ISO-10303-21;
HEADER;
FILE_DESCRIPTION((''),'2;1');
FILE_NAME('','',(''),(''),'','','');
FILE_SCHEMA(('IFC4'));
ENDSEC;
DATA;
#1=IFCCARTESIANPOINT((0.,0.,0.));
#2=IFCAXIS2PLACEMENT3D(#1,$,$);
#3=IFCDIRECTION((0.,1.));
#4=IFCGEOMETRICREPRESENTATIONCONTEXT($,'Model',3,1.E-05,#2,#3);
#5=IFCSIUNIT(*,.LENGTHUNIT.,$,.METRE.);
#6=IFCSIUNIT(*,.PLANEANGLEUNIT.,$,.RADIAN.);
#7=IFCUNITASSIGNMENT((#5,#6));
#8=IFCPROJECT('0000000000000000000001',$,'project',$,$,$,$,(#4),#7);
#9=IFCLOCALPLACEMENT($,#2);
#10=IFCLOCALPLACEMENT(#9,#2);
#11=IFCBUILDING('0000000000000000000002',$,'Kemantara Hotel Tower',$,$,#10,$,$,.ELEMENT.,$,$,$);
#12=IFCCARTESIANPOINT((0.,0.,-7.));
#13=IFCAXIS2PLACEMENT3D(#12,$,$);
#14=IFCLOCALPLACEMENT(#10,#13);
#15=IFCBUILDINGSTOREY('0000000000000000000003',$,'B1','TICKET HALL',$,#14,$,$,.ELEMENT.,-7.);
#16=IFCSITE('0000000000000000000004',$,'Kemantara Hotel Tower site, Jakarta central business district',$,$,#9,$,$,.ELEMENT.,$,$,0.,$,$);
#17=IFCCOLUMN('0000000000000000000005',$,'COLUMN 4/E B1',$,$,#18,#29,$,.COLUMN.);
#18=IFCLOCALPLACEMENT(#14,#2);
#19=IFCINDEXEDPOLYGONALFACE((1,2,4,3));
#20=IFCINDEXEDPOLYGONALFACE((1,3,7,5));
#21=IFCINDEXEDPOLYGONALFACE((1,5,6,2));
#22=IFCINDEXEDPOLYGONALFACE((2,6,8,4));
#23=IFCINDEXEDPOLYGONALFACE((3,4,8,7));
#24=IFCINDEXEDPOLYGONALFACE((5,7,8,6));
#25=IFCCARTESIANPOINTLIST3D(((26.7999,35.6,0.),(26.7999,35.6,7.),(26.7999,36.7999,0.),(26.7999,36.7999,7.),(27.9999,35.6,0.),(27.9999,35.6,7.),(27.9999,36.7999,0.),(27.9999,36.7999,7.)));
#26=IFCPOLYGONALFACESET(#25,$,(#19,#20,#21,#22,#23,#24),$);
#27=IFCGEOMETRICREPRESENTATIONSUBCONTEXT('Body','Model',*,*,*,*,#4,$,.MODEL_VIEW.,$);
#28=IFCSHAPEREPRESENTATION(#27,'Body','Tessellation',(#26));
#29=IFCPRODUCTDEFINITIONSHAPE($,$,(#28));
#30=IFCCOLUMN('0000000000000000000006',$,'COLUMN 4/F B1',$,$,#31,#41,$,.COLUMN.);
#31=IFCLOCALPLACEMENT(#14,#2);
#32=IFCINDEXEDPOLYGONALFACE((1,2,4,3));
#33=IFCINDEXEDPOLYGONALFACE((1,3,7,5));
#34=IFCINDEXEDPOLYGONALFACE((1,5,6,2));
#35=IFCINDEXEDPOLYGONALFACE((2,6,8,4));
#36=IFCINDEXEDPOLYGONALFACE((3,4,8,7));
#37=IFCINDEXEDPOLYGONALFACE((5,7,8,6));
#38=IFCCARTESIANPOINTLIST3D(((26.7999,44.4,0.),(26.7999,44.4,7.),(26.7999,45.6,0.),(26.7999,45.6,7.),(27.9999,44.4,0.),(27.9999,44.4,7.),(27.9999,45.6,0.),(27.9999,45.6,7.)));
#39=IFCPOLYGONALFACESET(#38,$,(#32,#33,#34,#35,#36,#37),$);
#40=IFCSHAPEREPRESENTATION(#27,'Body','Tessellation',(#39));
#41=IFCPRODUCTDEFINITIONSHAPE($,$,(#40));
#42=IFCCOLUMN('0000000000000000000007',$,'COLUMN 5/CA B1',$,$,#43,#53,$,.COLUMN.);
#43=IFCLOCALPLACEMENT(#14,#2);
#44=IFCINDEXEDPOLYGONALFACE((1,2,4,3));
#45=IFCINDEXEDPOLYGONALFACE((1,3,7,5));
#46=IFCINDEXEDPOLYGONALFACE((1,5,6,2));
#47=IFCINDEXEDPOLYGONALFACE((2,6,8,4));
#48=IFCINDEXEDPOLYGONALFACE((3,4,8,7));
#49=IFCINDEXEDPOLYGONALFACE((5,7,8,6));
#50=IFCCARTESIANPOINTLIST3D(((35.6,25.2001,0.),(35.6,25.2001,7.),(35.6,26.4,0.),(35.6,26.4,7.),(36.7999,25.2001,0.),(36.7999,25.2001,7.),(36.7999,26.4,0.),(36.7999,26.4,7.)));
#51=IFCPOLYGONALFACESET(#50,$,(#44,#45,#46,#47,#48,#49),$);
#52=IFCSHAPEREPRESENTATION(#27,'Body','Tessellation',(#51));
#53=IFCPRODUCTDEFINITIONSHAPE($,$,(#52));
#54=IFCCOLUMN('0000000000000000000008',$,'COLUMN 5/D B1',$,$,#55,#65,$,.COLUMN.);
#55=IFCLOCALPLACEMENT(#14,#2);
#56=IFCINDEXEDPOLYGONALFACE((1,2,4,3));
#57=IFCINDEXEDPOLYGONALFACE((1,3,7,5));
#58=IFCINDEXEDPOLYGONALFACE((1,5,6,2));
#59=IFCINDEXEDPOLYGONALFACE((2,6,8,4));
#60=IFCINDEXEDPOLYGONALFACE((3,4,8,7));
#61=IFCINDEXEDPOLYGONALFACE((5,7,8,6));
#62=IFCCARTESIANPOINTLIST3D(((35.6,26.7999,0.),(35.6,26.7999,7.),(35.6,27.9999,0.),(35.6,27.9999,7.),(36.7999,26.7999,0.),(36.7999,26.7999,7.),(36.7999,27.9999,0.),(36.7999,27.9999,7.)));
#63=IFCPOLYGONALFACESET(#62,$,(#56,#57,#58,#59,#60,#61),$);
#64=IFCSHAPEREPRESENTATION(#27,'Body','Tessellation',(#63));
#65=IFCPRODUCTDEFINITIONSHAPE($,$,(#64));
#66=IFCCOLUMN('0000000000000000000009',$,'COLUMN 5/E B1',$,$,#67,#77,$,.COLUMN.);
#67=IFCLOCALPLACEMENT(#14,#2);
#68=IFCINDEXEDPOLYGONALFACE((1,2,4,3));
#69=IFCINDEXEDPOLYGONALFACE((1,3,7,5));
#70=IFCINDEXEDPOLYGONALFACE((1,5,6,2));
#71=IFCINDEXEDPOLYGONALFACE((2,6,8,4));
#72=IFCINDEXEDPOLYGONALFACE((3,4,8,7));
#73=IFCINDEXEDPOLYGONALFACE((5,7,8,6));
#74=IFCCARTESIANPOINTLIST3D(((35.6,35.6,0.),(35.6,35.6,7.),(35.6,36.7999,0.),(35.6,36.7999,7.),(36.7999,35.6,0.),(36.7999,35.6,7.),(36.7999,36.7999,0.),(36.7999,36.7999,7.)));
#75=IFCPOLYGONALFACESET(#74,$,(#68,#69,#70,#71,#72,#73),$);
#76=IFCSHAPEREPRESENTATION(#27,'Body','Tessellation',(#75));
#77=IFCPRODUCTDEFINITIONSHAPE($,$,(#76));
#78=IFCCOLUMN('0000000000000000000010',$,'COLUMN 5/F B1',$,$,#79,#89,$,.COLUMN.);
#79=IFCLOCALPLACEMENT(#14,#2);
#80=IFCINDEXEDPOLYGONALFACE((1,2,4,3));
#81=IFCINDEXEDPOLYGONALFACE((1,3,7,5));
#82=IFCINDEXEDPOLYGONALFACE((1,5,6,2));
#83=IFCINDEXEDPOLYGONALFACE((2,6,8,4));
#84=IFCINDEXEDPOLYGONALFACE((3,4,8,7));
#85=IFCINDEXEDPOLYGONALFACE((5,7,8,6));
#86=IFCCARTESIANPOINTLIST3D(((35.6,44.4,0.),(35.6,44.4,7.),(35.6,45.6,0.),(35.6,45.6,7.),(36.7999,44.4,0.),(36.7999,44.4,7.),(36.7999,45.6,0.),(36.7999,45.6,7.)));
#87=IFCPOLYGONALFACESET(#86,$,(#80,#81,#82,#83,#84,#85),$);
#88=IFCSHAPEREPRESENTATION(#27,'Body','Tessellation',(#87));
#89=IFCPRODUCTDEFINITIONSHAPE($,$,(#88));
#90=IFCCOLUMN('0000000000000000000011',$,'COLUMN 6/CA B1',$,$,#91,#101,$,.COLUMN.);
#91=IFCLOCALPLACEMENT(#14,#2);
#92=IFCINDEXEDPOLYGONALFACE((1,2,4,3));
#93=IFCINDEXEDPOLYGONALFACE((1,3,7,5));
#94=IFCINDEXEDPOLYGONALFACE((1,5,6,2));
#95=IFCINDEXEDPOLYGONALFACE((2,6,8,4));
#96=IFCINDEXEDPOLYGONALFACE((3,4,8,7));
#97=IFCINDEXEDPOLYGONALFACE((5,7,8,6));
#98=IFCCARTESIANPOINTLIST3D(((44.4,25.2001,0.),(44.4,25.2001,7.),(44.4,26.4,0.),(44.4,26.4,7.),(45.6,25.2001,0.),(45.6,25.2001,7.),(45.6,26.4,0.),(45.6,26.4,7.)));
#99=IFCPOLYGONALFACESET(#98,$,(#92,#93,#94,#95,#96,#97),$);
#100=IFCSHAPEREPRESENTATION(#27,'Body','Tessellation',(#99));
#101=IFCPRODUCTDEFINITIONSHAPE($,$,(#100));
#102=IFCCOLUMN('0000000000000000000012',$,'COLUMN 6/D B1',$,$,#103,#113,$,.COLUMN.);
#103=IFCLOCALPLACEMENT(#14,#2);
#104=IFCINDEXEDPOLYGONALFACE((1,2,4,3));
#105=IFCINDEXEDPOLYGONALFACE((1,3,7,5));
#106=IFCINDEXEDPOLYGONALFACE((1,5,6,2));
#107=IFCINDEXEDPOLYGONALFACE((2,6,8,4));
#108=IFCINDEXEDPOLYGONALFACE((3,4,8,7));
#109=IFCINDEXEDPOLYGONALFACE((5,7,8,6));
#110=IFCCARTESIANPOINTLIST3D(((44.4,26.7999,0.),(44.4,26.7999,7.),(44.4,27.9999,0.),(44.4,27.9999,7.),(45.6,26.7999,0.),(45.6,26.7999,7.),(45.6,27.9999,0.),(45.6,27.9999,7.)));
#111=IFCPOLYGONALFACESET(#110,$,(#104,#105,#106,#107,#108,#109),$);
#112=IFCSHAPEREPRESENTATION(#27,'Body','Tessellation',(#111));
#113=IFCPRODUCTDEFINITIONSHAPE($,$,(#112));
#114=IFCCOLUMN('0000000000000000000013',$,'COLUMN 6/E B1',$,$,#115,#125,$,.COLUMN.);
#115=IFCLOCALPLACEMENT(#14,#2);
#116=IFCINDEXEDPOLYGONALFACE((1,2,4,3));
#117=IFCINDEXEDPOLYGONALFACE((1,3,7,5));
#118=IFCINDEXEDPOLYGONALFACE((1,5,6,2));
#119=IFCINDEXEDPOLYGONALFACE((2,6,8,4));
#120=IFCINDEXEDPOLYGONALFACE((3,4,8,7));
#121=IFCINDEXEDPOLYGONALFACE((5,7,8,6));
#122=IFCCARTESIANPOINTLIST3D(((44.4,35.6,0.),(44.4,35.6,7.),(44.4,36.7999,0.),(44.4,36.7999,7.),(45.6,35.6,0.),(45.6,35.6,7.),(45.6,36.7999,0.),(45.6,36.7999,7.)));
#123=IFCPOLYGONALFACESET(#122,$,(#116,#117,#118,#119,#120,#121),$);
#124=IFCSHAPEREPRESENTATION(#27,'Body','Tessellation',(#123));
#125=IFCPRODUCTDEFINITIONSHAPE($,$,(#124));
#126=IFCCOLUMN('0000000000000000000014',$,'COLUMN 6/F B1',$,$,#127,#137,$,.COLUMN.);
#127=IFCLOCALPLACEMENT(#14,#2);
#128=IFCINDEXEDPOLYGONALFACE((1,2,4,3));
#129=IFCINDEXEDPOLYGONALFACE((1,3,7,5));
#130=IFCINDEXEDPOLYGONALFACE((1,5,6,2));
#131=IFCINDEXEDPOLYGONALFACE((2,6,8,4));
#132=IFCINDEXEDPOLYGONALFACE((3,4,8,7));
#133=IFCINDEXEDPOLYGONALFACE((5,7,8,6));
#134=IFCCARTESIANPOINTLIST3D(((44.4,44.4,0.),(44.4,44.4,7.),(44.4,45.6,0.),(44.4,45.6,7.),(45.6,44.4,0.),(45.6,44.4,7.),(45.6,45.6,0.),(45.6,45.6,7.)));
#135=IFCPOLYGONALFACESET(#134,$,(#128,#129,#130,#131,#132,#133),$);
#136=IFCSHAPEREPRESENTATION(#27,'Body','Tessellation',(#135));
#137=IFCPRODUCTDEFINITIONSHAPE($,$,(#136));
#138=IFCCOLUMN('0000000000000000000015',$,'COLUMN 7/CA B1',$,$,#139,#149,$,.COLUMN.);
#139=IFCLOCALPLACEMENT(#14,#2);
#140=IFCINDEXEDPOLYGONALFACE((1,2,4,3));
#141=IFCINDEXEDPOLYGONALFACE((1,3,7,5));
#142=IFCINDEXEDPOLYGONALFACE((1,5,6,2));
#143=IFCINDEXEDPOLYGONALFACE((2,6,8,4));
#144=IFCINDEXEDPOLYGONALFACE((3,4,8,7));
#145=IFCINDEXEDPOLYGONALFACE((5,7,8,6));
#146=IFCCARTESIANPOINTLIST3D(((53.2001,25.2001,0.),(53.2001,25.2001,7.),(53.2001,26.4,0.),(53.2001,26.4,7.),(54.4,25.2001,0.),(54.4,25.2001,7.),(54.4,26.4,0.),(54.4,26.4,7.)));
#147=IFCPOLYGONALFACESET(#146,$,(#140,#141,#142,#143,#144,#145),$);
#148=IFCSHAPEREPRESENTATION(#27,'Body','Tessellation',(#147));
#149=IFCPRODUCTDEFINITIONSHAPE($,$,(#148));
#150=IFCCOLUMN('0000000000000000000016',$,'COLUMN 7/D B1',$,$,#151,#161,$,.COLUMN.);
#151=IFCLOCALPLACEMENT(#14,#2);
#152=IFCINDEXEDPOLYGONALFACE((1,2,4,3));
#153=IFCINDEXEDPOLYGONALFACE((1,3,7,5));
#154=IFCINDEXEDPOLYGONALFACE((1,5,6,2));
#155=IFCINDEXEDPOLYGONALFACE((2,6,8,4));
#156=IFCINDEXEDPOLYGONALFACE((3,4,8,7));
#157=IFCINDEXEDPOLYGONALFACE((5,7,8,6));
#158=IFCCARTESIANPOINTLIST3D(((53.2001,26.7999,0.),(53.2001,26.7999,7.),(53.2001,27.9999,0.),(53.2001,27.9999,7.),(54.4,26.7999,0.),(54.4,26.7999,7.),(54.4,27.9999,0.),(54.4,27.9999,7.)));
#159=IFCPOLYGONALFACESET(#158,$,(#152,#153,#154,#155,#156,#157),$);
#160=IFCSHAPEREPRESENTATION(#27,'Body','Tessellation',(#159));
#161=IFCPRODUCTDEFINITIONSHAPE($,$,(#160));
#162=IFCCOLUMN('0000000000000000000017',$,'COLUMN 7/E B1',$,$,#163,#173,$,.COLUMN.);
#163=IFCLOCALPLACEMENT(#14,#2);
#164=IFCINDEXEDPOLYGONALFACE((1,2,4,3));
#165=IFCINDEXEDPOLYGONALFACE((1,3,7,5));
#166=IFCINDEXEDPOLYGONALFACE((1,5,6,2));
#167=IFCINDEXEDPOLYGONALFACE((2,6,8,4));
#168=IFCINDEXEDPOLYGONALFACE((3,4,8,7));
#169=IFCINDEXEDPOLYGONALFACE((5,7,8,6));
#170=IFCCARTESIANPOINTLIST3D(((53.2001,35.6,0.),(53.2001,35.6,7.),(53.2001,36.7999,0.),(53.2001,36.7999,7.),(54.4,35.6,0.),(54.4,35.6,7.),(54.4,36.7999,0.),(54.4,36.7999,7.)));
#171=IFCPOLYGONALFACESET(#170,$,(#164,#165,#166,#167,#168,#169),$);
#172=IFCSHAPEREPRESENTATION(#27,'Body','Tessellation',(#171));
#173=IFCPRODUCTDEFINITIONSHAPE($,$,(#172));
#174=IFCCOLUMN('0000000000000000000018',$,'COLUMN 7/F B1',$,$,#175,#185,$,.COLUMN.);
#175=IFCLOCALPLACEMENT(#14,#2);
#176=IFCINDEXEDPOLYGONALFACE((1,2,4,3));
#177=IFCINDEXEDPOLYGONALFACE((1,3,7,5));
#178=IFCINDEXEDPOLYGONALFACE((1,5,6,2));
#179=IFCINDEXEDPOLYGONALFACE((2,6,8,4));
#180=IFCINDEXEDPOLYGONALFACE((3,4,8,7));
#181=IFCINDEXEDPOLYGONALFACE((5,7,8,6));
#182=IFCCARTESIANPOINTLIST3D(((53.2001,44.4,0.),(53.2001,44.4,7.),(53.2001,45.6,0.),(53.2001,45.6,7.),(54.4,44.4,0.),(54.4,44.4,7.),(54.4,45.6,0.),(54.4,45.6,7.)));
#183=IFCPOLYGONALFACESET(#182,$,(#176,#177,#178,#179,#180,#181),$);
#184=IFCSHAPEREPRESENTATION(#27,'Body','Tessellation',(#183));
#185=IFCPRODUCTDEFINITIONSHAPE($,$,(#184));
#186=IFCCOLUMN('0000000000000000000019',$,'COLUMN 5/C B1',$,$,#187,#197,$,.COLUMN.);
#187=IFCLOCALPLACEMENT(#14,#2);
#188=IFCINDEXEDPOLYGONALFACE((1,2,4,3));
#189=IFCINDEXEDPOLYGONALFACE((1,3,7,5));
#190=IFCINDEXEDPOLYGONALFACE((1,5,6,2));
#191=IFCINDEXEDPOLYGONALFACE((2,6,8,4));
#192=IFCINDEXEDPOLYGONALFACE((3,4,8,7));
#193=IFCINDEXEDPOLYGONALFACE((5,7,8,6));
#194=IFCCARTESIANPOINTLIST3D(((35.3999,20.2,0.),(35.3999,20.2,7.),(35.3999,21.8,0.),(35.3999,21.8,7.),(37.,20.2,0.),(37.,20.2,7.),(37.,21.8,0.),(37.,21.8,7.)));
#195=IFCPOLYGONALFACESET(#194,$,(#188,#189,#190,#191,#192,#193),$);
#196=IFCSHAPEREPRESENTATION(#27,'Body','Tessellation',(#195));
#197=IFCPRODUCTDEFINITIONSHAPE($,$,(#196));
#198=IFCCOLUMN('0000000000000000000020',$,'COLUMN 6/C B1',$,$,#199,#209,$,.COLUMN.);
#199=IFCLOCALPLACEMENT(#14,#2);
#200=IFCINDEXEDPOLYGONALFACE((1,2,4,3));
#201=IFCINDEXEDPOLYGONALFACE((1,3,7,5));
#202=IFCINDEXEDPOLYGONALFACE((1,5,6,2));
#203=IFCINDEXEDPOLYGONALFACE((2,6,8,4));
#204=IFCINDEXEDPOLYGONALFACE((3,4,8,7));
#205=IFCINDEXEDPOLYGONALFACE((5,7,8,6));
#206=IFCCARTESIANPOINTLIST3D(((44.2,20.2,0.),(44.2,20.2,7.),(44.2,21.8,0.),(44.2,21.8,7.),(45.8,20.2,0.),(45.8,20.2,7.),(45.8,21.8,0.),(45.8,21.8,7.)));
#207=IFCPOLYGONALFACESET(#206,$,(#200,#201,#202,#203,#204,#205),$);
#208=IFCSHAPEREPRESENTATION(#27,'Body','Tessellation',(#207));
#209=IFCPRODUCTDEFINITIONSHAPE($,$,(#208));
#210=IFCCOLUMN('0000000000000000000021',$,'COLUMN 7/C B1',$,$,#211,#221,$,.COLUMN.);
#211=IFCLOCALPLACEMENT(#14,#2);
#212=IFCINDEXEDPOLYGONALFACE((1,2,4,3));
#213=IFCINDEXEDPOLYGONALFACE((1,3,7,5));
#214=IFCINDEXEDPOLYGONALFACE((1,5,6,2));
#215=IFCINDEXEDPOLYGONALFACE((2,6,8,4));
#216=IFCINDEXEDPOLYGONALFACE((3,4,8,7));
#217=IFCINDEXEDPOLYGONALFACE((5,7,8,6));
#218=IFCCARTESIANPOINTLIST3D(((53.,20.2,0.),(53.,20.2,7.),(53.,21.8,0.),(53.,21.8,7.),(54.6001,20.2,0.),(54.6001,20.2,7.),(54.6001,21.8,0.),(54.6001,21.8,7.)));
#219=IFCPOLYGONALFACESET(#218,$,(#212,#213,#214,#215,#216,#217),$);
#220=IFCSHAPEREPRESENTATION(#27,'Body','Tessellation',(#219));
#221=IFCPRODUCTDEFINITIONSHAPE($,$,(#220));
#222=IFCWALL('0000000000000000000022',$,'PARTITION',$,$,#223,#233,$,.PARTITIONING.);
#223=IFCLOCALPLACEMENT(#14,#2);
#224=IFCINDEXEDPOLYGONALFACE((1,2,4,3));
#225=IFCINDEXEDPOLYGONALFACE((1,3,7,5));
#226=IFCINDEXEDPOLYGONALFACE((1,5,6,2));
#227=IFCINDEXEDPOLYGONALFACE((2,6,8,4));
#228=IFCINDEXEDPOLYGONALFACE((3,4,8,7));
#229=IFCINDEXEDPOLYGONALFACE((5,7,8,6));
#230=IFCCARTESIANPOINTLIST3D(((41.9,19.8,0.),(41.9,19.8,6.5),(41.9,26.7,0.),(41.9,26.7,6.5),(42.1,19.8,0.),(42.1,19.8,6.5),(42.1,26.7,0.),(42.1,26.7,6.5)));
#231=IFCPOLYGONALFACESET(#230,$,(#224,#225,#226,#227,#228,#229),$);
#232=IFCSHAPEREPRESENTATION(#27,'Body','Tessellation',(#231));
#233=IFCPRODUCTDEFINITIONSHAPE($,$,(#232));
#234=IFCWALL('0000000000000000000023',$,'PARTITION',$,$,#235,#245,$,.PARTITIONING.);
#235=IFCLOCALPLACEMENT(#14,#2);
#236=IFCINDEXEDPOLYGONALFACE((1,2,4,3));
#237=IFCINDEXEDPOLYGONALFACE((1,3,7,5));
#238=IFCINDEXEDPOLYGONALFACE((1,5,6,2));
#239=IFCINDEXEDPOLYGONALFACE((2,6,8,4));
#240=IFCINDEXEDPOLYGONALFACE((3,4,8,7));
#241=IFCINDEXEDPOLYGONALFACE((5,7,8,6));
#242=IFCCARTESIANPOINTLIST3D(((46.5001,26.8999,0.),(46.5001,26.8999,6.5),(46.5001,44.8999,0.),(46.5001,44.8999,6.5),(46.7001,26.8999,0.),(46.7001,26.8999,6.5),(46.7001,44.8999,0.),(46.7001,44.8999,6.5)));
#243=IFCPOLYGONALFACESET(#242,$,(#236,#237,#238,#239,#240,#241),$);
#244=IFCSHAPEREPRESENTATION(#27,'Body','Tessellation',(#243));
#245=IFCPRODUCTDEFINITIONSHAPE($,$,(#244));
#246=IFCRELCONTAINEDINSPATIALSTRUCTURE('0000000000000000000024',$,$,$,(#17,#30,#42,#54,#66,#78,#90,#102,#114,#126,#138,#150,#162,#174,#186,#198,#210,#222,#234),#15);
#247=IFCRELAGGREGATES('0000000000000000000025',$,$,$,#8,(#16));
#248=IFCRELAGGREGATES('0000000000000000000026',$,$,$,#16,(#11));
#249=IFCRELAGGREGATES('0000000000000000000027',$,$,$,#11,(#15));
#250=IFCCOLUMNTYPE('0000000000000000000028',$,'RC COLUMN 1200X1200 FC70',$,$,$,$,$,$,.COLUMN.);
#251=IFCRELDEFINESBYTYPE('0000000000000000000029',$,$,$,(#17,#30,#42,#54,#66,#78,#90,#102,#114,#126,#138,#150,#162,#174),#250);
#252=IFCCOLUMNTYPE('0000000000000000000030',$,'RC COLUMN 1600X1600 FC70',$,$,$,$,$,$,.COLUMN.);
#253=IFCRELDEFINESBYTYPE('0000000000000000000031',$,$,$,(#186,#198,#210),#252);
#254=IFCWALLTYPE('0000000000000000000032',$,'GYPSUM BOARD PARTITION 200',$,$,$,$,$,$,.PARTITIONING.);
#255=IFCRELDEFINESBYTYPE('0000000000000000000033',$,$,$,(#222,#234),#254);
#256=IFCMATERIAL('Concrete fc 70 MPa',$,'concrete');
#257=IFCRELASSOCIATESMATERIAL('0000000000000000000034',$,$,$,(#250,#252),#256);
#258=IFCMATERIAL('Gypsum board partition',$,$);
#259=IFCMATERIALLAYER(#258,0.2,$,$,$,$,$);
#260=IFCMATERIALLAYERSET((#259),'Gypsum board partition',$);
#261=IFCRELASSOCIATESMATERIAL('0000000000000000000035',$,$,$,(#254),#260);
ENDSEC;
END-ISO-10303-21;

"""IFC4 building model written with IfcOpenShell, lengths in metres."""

from ifc_helpers import new_model, si_unit, direction, frame, frame_2d, origin, origin_2d, place, context, subcontext, project, spatial, rectangle, extrude, material, layer, layer_set, material_profile, profile_set, type_object, element, save


model = new_model("IFC4")

# Units and contexts
model_context = context("Model", 3, precision=1e-05, world=origin(), true_north=direction((0.0, 1.0)))
body_context = subcontext(model_context, "Body", "Model", "MODEL_VIEW")
ifc_project = project(units=[si_unit("LENGTHUNIT", "METRE"), si_unit("PLANEANGLEUNIT", "RADIAN")], contexts=[model_context])

# Site, building, storey
site_placement = place(None, origin())
site = spatial("IfcSite", under=ifc_project, at=site_placement, Name="Kemantara Hotel Tower site, Jakarta central business district", CompositionType="ELEMENT", RefElevation=0.0)
building_placement = place(site_placement, origin())
building = spatial("IfcBuilding", under=site, at=building_placement, Name="Kemantara Hotel Tower", CompositionType="ELEMENT")
storey_placement = place(building_placement, frame((0.0, 0.0, -7.0)))
storey = spatial("IfcBuildingStorey", under=building, at=storey_placement, Name="B1", Description="TICKET HALL", CompositionType="ELEMENT", Elevation=-7.0)

# Columns
ifc_material_1 = material(Name="Concrete fc 70 MPa", Category="concrete")
ifc_material_profile_1 = material_profile(ifc_material_1, rectangle(XDim=1.2, YDim=1.2, at=origin_2d()), Name="RC 1200X1200")
ifc_profile_set_1 = profile_set([ifc_material_profile_1], Name="Concrete fc 70 MPa")
column_type_1 = type_object("IfcColumnType", Name="RC COLUMN 1200X1200 FC70", PredefinedType="COLUMN", material=ifc_profile_set_1)
for number, where, z_axis, x_axis, name in (
    (1, (27.3999, 36.2, 0.0), (0.0, 0.0, 1.0), (1.0, 0.0, 0.0), "COLUMN 4/E B1"),
    (2, (27.3999, 45.0, 0.0), (0.0, 0.0, 1.0), (1.0, 0.0, 0.0), "COLUMN 4/F B1"),
    (3, (36.2, 25.8, 0.0), (0.0, 0.0, 1.0), (1.0, 0.0, 0.0), "COLUMN 5/CA B1"),
    (4, (36.2, 27.3999, 0.0), (0.0, 0.0, 1.0), (1.0, 0.0, 0.0), "COLUMN 5/D B1"),
    (5, (36.2, 36.2, 0.0), (0.0, 0.0, 1.0), (1.0, 0.0, 0.0), "COLUMN 5/E B1"),
    (6, (36.2, 45.0, 0.0), (0.0, 0.0, 1.0), (1.0, 0.0, 0.0), "COLUMN 5/F B1"),
    (7, (45.0, 25.8, 0.0), (0.0, 0.0, 1.0), (1.0, 0.0, 0.0), "COLUMN 6/CA B1"),
    (8, (45.0, 27.3999, 0.0), (0.0, 0.0, 1.0), (1.0, 0.0, 0.0), "COLUMN 6/D B1"),
    (9, (45.0, 36.2, 0.0), (0.0, 0.0, 1.0), (1.0, 0.0, 0.0), "COLUMN 6/E B1"),
    (10, (45.0, 45.0, 0.0), (0.0, 0.0, 1.0), (1.0, 0.0, 0.0), "COLUMN 6/F B1"),
    (11, (53.8, 25.8, 0.0), (0.0, 0.0, 1.0), (1.0, 0.0, 0.0), "COLUMN 7/CA B1"),
    (12, (53.8, 27.3999, 0.0), (0.0, 0.0, 1.0), (1.0, 0.0, 0.0), "COLUMN 7/D B1"),
    (13, (53.8, 36.2, 0.0), (0.0, 0.0, 1.0), (1.0, 0.0, 0.0), "COLUMN 7/E B1"),
    (14, (53.8, 45.0, 0.0), (0.0, 0.0, 1.0), (1.0, 0.0, 0.0), "COLUMN 7/F B1"),
):
    element("IfcColumn", number, at=place(storey_placement, frame(where, z_axis=z_axis, x_axis=x_axis)), inside=storey, type_object=column_type_1, Name=name, PredefinedType="COLUMN", context=body_context, shape_type="SweptSolid", body=[
        extrude(rectangle(XDim=1.2, YDim=1.2, at=origin_2d()), origin(), (0.0, 0.0, 1.0), 7.0),
    ])
ifc_material_profile_2 = material_profile(ifc_material_1, rectangle(XDim=1.6001, YDim=1.6001, at=origin_2d()), Name="RC 1600X1600")
ifc_profile_set_2 = profile_set([ifc_material_profile_2], Name="Concrete fc 70 MPa")
column_type_2 = type_object("IfcColumnType", Name="RC COLUMN 1600X1600 FC70", PredefinedType="COLUMN", material=ifc_profile_set_2)
for number, where, z_axis, x_axis, name in (
    (15, (36.2, 21.0, 0.0), (0.0, 0.0, 1.0), (1.0, 0.0, 0.0), "COLUMN 5/C B1"),
    (16, (45.0, 21.0, 0.0), (0.0, 0.0, 1.0), (1.0, 0.0, 0.0), "COLUMN 6/C B1"),
    (17, (53.8, 21.0, 0.0), (0.0, 0.0, 1.0), (1.0, 0.0, 0.0), "COLUMN 7/C B1"),
):
    element("IfcColumn", number, at=place(storey_placement, frame(where, z_axis=z_axis, x_axis=x_axis)), inside=storey, type_object=column_type_2, Name=name, PredefinedType="COLUMN", context=body_context, shape_type="SweptSolid", body=[
        extrude(rectangle(XDim=1.6001, YDim=1.6001, at=origin_2d()), origin(), (0.0, 0.0, 1.0), 7.0),
    ])

# Walls
ifc_material_2 = material(Name="Gypsum board partition")
ifc_layer = layer(ifc_material_2, 0.2)
ifc_layer_set = layer_set([ifc_layer], Name="Gypsum board partition")
wall_type = type_object("IfcWallType", Name="GYPSUM BOARD PARTITION 200", PredefinedType="PARTITIONING", material=ifc_layer_set)
wall_1_placement = place(storey_placement, frame((42.0, 19.8, 0.0), z_axis=(0.0, 0.0, 1.0), x_axis=(0.0, 1.0, 0.0)))
element("IfcWall", 18, at=wall_1_placement, inside=storey, type_object=wall_type, Name="PARTITION", PredefinedType="PARTITIONING", context=body_context, shape_type="SweptSolid", body=[
    extrude(rectangle(XDim=6.8999, YDim=0.2, at=frame_2d((3.45, 0.0))), origin(), (0.0, 0.0, 1.0), 6.5),
])
wall_2_placement = place(storey_placement, frame((46.6001, 26.8999, 0.0), z_axis=(0.0, 0.0, 1.0), x_axis=(0.0, 1.0, 0.0)))
element("IfcWall", 19, at=wall_2_placement, inside=storey, type_object=wall_type, Name="PARTITION", PredefinedType="PARTITIONING", context=body_context, shape_type="SweptSolid", body=[
    extrude(rectangle(XDim=18.0, YDim=0.2, at=frame_2d((9.0, 0.0))), origin(), (0.0, 0.0, 1.0), 6.5),
])

save(model, "model.ifc")
